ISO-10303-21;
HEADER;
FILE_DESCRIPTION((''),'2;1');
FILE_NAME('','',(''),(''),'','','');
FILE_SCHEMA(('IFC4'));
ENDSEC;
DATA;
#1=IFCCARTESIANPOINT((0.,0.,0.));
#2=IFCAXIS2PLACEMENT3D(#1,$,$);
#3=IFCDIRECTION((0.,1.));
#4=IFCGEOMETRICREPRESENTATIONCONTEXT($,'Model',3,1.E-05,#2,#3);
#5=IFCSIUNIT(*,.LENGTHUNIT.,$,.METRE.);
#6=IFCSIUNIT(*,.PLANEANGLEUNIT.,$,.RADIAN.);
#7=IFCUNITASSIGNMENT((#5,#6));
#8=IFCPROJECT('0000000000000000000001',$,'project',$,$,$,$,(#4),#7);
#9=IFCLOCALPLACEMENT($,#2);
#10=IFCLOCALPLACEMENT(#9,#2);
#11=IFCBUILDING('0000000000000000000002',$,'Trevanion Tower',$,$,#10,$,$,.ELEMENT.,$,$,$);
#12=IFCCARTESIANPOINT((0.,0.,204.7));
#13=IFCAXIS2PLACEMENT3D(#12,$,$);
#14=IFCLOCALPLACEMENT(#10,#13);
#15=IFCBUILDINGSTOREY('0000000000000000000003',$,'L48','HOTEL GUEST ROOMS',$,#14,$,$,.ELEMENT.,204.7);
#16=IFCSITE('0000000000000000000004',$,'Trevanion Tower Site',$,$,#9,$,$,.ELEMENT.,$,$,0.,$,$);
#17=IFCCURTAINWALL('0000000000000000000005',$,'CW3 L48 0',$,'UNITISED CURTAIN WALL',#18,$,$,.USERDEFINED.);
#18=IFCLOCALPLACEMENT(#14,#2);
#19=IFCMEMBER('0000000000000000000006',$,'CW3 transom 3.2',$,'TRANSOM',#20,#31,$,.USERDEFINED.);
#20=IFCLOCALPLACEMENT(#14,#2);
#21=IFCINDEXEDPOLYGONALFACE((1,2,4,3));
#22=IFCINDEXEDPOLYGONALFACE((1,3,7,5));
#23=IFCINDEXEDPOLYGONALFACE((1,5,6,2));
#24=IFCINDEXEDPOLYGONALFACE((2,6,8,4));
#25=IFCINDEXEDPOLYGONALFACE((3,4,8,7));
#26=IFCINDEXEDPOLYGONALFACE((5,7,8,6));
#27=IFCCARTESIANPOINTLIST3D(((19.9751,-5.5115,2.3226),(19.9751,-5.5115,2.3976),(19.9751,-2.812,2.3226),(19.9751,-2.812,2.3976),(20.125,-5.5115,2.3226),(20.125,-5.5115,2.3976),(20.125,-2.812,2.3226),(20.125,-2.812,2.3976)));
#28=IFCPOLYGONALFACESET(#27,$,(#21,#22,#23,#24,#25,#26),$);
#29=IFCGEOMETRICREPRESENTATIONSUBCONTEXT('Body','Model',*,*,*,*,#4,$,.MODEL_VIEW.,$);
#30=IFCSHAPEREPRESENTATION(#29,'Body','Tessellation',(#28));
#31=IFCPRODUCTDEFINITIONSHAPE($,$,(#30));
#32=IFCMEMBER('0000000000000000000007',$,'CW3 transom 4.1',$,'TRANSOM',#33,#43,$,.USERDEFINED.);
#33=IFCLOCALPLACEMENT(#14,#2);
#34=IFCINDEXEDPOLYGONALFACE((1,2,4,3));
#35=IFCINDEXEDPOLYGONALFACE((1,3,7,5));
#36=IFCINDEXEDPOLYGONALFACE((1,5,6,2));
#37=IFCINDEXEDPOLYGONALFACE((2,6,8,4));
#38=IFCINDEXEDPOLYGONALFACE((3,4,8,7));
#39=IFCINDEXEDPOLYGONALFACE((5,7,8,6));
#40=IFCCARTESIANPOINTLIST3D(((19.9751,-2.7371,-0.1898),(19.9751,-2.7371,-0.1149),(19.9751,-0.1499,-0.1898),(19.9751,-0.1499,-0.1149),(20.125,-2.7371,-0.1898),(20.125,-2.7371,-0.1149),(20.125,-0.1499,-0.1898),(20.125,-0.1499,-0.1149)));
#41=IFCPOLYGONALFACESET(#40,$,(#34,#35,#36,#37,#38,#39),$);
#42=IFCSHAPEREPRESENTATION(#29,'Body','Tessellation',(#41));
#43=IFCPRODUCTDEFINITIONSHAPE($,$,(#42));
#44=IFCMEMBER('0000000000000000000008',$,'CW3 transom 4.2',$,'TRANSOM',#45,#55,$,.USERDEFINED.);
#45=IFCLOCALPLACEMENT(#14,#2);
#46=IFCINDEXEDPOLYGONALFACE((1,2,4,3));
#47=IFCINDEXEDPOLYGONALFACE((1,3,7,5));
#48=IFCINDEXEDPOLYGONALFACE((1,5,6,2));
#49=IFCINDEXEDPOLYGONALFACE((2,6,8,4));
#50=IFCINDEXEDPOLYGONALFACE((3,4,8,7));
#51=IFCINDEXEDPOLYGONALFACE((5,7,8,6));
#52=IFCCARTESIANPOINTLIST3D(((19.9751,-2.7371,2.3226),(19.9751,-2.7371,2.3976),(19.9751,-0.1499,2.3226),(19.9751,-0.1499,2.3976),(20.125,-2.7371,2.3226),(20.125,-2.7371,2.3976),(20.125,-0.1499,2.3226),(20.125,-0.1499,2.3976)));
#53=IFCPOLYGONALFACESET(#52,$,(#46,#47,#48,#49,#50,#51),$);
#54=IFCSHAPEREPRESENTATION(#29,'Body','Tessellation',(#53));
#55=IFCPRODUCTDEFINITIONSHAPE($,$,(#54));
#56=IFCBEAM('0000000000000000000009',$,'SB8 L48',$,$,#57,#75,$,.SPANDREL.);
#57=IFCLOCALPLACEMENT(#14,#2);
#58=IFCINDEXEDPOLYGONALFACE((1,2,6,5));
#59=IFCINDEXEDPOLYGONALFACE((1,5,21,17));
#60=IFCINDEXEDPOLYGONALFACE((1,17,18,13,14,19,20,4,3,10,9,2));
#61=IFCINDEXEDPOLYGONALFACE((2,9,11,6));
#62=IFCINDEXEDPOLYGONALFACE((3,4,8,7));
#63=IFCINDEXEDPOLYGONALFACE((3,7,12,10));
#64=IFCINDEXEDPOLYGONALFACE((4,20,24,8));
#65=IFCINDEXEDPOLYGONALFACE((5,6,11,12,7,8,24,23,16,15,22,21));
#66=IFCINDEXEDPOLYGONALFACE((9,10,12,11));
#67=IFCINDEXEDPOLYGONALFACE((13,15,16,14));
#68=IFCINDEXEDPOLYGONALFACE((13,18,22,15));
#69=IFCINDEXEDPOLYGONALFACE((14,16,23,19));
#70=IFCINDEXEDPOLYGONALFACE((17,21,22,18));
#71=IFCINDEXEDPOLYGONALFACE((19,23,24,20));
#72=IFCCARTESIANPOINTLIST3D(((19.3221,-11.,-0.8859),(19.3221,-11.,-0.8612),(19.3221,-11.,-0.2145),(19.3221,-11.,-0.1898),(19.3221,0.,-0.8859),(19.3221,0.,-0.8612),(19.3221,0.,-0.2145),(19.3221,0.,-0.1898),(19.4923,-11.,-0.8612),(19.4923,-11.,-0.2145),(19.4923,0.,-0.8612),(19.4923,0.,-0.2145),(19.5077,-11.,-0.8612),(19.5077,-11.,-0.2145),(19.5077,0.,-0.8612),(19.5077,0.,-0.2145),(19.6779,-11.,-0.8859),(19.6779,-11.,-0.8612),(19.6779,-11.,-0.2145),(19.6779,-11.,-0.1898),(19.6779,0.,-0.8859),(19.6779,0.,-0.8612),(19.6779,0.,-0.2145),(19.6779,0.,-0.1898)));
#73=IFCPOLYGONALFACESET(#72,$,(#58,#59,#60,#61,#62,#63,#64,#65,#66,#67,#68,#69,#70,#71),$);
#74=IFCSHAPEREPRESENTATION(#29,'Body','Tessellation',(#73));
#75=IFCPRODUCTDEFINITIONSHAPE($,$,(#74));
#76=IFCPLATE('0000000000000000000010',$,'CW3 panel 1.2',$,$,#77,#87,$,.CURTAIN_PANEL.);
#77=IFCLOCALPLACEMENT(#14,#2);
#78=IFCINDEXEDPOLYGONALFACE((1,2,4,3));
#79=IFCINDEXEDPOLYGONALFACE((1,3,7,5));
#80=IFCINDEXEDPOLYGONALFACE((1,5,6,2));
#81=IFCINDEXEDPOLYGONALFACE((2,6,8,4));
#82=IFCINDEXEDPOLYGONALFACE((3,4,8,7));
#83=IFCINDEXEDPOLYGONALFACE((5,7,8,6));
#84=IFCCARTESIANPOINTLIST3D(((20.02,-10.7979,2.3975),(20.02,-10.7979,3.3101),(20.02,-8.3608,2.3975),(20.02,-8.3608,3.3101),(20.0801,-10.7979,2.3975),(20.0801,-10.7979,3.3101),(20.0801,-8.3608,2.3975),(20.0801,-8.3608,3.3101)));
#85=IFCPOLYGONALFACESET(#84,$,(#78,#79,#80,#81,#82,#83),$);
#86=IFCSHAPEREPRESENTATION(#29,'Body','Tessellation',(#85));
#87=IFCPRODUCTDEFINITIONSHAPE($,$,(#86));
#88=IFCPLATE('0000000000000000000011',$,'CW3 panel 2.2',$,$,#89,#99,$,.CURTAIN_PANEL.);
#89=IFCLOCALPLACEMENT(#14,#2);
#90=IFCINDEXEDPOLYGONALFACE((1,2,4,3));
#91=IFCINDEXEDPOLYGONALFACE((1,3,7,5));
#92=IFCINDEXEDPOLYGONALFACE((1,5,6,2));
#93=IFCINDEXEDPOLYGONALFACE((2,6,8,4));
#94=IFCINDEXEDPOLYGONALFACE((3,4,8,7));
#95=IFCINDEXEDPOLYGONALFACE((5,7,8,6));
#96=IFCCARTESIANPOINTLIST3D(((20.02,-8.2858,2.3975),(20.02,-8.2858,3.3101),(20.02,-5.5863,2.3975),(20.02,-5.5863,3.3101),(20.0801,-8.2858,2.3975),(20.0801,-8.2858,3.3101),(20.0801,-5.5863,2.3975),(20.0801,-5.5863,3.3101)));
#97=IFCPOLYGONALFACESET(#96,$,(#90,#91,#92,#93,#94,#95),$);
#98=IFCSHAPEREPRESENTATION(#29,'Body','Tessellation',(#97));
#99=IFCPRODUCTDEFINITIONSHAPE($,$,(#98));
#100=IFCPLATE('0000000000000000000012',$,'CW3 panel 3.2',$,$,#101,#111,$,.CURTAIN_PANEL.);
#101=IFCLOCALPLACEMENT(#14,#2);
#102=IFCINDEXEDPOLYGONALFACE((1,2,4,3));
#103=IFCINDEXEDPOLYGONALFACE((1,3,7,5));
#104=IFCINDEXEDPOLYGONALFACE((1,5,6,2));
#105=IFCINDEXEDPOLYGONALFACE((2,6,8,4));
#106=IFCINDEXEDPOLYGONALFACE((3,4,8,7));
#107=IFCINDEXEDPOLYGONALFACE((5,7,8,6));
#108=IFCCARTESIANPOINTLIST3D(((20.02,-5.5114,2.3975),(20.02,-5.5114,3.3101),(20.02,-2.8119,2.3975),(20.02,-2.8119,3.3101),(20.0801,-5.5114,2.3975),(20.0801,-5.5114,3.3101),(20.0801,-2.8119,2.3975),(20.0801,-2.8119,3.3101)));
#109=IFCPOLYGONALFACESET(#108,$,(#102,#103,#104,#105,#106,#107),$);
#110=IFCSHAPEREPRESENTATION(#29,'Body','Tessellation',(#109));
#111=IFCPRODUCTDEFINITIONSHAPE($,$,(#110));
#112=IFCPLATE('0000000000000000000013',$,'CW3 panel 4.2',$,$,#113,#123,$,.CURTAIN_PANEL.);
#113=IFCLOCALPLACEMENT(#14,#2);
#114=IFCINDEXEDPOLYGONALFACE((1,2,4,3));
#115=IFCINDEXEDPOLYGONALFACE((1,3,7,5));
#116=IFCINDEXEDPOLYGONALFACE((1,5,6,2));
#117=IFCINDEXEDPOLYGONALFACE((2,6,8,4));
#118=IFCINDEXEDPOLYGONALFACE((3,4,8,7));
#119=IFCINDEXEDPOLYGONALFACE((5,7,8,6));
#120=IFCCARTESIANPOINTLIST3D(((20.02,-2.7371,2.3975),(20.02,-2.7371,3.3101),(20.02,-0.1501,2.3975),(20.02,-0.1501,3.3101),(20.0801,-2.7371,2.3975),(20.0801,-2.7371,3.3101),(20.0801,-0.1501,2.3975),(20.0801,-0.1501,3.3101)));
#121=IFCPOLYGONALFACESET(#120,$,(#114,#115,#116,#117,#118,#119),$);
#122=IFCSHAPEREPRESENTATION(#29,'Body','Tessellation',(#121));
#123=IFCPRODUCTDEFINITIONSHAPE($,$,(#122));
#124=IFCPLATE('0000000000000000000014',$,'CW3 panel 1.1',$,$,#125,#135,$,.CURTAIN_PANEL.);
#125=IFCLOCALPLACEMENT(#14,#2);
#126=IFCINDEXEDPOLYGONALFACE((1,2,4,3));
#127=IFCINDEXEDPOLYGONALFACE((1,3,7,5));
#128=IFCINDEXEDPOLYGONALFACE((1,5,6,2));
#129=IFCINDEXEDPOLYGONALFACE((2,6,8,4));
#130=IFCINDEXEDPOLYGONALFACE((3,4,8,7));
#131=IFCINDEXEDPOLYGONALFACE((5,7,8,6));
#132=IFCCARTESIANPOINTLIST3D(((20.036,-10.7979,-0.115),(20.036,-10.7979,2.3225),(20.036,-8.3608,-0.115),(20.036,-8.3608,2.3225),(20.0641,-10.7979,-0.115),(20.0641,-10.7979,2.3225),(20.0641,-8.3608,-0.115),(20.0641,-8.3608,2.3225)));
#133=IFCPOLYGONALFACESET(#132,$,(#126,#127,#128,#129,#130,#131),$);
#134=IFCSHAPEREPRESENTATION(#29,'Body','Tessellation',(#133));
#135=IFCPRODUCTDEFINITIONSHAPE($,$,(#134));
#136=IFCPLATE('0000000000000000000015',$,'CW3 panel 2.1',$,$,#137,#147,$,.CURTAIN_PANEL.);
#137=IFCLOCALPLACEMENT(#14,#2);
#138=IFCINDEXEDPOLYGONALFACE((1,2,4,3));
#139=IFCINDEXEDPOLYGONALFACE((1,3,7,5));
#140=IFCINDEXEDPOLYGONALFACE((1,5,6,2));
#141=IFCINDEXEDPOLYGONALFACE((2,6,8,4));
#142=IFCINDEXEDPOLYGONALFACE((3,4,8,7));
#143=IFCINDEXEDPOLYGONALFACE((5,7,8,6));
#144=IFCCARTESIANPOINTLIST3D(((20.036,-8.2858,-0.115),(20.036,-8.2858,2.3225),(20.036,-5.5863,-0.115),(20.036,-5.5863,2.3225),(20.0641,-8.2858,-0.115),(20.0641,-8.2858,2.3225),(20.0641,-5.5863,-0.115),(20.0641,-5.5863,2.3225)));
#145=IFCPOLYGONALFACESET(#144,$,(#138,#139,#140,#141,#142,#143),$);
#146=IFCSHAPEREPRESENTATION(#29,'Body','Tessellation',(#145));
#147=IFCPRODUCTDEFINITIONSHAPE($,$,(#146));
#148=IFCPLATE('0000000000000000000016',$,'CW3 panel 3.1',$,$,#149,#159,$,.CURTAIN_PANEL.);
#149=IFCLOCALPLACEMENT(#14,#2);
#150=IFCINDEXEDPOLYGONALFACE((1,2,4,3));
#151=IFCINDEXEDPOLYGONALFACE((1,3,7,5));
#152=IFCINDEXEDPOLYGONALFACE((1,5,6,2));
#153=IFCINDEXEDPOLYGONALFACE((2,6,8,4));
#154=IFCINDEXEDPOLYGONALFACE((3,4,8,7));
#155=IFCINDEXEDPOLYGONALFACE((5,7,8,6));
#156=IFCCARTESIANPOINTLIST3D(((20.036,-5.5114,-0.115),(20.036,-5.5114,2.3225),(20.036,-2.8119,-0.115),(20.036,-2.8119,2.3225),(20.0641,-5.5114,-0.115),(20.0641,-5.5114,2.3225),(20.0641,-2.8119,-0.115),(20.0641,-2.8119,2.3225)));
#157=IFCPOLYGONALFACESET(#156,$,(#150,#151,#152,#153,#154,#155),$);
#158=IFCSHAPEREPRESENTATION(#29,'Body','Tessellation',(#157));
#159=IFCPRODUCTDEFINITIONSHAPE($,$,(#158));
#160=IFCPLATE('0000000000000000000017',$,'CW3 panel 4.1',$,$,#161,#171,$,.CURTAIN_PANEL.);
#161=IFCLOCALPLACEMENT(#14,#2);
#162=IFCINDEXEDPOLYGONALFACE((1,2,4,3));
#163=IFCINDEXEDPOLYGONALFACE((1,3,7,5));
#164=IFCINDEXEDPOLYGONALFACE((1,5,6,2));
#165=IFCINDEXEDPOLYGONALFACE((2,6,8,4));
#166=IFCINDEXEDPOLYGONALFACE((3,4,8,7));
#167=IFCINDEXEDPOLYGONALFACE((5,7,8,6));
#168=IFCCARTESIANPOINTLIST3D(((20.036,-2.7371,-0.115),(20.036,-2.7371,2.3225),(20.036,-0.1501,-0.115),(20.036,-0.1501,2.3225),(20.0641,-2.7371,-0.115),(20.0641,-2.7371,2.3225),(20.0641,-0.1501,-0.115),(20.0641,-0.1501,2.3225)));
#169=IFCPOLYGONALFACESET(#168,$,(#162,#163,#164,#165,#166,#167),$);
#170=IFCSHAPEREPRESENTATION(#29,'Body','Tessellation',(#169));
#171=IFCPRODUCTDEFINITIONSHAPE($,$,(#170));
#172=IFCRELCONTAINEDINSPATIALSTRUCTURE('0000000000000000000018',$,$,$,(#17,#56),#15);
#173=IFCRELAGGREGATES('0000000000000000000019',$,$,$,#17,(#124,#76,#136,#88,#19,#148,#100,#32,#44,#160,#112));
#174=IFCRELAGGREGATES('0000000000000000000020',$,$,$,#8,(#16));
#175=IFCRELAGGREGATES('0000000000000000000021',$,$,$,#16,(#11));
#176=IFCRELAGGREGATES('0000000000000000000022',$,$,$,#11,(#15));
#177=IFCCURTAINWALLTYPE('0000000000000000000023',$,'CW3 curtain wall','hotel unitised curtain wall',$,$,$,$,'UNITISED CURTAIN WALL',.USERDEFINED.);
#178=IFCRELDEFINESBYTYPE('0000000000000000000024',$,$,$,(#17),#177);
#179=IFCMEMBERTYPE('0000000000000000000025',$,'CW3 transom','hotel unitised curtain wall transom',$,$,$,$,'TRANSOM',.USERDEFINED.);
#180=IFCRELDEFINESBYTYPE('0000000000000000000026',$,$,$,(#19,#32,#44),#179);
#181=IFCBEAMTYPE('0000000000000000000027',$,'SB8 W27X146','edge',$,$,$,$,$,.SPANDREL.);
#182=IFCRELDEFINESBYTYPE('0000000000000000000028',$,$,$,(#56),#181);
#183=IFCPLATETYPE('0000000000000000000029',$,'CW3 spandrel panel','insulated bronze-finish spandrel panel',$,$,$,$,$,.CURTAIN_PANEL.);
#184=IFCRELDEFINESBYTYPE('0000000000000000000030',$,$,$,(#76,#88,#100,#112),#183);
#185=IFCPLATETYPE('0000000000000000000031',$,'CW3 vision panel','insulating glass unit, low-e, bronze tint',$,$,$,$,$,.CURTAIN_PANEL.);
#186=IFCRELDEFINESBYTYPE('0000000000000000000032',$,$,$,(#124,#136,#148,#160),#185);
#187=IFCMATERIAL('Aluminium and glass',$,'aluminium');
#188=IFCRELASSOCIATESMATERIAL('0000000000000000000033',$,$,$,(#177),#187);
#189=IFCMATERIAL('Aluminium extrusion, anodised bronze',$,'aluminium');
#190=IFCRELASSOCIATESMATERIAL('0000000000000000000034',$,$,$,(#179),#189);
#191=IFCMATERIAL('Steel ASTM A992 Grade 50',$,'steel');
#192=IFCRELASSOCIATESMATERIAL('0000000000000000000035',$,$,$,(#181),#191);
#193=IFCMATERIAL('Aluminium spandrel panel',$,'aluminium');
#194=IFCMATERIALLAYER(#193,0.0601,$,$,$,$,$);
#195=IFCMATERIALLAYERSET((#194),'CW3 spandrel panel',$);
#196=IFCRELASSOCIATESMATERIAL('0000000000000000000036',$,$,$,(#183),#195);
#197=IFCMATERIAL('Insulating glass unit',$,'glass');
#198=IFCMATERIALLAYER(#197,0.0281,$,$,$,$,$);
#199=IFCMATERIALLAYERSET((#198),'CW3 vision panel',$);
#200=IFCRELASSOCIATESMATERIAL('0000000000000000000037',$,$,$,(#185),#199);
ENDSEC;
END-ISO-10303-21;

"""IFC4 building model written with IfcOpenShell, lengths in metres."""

from ifc_helpers import new_model, si_unit, direction, frame, origin, origin_2d, place, context, subcontext, project, spatial, rectangle, i_section, extrude, material, layer, layer_set, material_profile, profile_set, type_object, element, aggregate, save


model = new_model("IFC4")

# Units and contexts
model_context = context("Model", 3, precision=1e-05, world=origin(), true_north=direction((0.0, 1.0)))
body_context = subcontext(model_context, "Body", "Model", "MODEL_VIEW")
ifc_project = project(units=[si_unit("LENGTHUNIT", "METRE"), si_unit("PLANEANGLEUNIT", "RADIAN")], contexts=[model_context])

# Site, building, storey
site_placement = place(None, origin())
site = spatial("IfcSite", under=ifc_project, at=site_placement, Name="Trevanion Tower Site", CompositionType="ELEMENT", RefElevation=0.0)
building_placement = place(site_placement, origin())
building = spatial("IfcBuilding", under=site, at=building_placement, Name="Trevanion Tower", CompositionType="ELEMENT")
storey_placement = place(building_placement, frame((0.0, 0.0, 204.7)))
storey = spatial("IfcBuildingStorey", under=building, at=storey_placement, Name="L48", Description="HOTEL GUEST ROOMS", CompositionType="ELEMENT", Elevation=204.7)

# Curtain wall, members
ifc_material_1 = material(Name="Aluminium and glass", Category="aluminium")
curtain_wall_type = type_object("IfcCurtainWallType", Name="CW3 curtain wall", Description="hotel unitised curtain wall", ElementType="UNITISED CURTAIN WALL", PredefinedType="USERDEFINED", material=ifc_material_1)
curtain_wall_placement = place(storey_placement, origin())
curtain_wall = element("IfcCurtainWall", 1, at=curtain_wall_placement, inside=storey, type_object=curtain_wall_type, Name="CW3 L48 0", ObjectType="UNITISED CURTAIN WALL", PredefinedType="USERDEFINED")
ifc_material_2 = material(Name="Aluminium extrusion, anodised bronze", Category="aluminium")
ifc_material_profile_1 = material_profile(ifc_material_2, rectangle(XDim=0.1499, YDim=0.075, at=origin_2d()), Name="CW3 transom")
ifc_profile_set_1 = profile_set([ifc_material_profile_1], Name="Aluminium extrusion, anodised bronze")
member_type_1 = type_object("IfcMemberType", Name="CW3 transom", Description="hotel unitised curtain wall transom", ElementType="TRANSOM", PredefinedType="USERDEFINED", material=ifc_profile_set_1)
member_1_placement = place(storey_placement, frame((20.05, -5.5115, 2.3601), z_axis=(0.0, 1.0, 0.0), x_axis=(-1.0, 0.0, 0.0)))
member_1 = element("IfcMember", 2, at=member_1_placement, type_object=member_type_1, Name="CW3 transom 3.2", ObjectType="TRANSOM", PredefinedType="USERDEFINED", context=body_context, shape_type="SweptSolid", body=[
    extrude(rectangle(XDim=0.1499, YDim=0.075, at=origin_2d()), origin(), (0.0, 0.0, 1.0), 2.6995),
])
member_2_placement = place(storey_placement, frame((20.05, -2.7371, -0.1523), z_axis=(0.0, 1.0, 0.0), x_axis=(-1.0, 0.0, 0.0)))
member_2 = element("IfcMember", 3, at=member_2_placement, type_object=member_type_1, Name="CW3 transom 4.1", ObjectType="TRANSOM", PredefinedType="USERDEFINED", context=body_context, shape_type="SweptSolid", body=[
    extrude(rectangle(XDim=0.1499, YDim=0.075, at=origin_2d()), origin(), (0.0, 0.0, 1.0), 2.5872),
])
member_3_placement = place(storey_placement, frame((20.05, -2.7371, 2.3601), z_axis=(0.0, 1.0, 0.0), x_axis=(-1.0, 0.0, 0.0)))
member_3 = element("IfcMember", 4, at=member_3_placement, type_object=member_type_1, Name="CW3 transom 4.2", ObjectType="TRANSOM", PredefinedType="USERDEFINED", context=body_context, shape_type="SweptSolid", body=[
    extrude(rectangle(XDim=0.1499, YDim=0.075, at=origin_2d()), origin(), (0.0, 0.0, 1.0), 2.5872),
])

# Beam
ifc_material_3 = material(Name="Steel ASTM A992 Grade 50", Category="steel")
ifc_material_profile_2 = material_profile(ifc_material_3, i_section(OverallWidth=0.3557, OverallDepth=0.696, WebThickness=0.0154, FlangeThickness=0.0247, at=origin_2d()), Name="W27X146")
ifc_profile_set_2 = profile_set([ifc_material_profile_2], Name="Steel ASTM A992 Grade 50")
beam_type_1 = type_object("IfcBeamType", Name="SB8 W27X146", Description="edge", PredefinedType="SPANDREL", material=ifc_profile_set_2)
beam_placement = place(storey_placement, frame((19.5, -11.0, -0.5378), z_axis=(0.0, 1.0, 0.0), x_axis=(-1.0, 0.0, 0.0)))
element("IfcBeam", 5, at=beam_placement, inside=storey, type_object=beam_type_1, Name="SB8 L48", PredefinedType="SPANDREL", context=body_context, shape_type="SweptSolid", body=[
    extrude(i_section(OverallWidth=0.3557, OverallDepth=0.696, WebThickness=0.0154, FlangeThickness=0.0247, at=origin_2d()), origin(), (0.0, 0.0, 1.0), 11.0),
])

# Plates
ifc_material_4 = material(Name="Aluminium spandrel panel", Category="aluminium")
ifc_layer_1 = layer(ifc_material_4, 0.0601)
ifc_layer_set_1 = layer_set([ifc_layer_1], Name="CW3 spandrel panel")
plate_type_1 = type_object("IfcPlateType", Name="CW3 spandrel panel", Description="insulated bronze-finish spandrel panel", PredefinedType="CURTAIN_PANEL", material=ifc_layer_set_1)
plate_1_placement = place(storey_placement, frame((20.05, -9.5793, 2.3975), z_axis=(0.0, 0.0, 1.0), x_axis=(0.0, 1.0, 0.0)))
plate_1 = element("IfcPlate", 6, at=plate_1_placement, type_object=plate_type_1, Name="CW3 panel 1.2", PredefinedType="CURTAIN_PANEL", context=body_context, shape_type="SweptSolid", body=[
    extrude(rectangle(XDim=2.437, YDim=0.0601, at=origin_2d()), origin(), (0.0, 0.0, 1.0), 0.9126),
])
plate_2_placement = place(storey_placement, frame((20.05, -6.936, 2.3975), z_axis=(0.0, 0.0, 1.0), x_axis=(0.0, 1.0, 0.0)))
plate_2 = element("IfcPlate", 7, at=plate_2_placement, type_object=plate_type_1, Name="CW3 panel 2.2", PredefinedType="CURTAIN_PANEL", context=body_context, shape_type="SweptSolid", body=[
    extrude(rectangle(XDim=2.6995, YDim=0.0601, at=origin_2d()), origin(), (0.0, 0.0, 1.0), 0.9126),
])
plate_3_placement = place(storey_placement, frame((20.05, -4.1616, 2.3975), z_axis=(0.0, 0.0, 1.0), x_axis=(0.0, 1.0, 0.0)))
plate_3 = element("IfcPlate", 8, at=plate_3_placement, type_object=plate_type_1, Name="CW3 panel 3.2", PredefinedType="CURTAIN_PANEL", context=body_context, shape_type="SweptSolid", body=[
    extrude(rectangle(XDim=2.6995, YDim=0.0601, at=origin_2d()), origin(), (0.0, 0.0, 1.0), 0.9126),
])
plate_4_placement = place(storey_placement, frame((20.05, -1.4436, 2.3975), z_axis=(0.0, 0.0, 1.0), x_axis=(0.0, 1.0, 0.0)))
plate_4 = element("IfcPlate", 9, at=plate_4_placement, type_object=plate_type_1, Name="CW3 panel 4.2", PredefinedType="CURTAIN_PANEL", context=body_context, shape_type="SweptSolid", body=[
    extrude(rectangle(XDim=2.5869, YDim=0.0601, at=origin_2d()), origin(), (0.0, 0.0, 1.0), 0.9126),
])
ifc_material_5 = material(Name="Insulating glass unit", Category="glass")
ifc_layer_2 = layer(ifc_material_5, 0.0281)
ifc_layer_set_2 = layer_set([ifc_layer_2], Name="CW3 vision panel")
plate_type_2 = type_object("IfcPlateType", Name="CW3 vision panel", Description="insulating glass unit, low-e, bronze tint", PredefinedType="CURTAIN_PANEL", material=ifc_layer_set_2)
plate_5_placement = place(storey_placement, frame((20.05, -9.5793, -0.115), z_axis=(0.0, 0.0, 1.0), x_axis=(0.0, 1.0, 0.0)))
plate_5 = element("IfcPlate", 10, at=plate_5_placement, type_object=plate_type_2, Name="CW3 panel 1.1", PredefinedType="CURTAIN_PANEL", context=body_context, shape_type="SweptSolid", body=[
    extrude(rectangle(XDim=2.437, YDim=0.0281, at=origin_2d()), origin(), (0.0, 0.0, 1.0), 2.4375),
])
plate_6_placement = place(storey_placement, frame((20.05, -6.936, -0.115), z_axis=(0.0, 0.0, 1.0), x_axis=(0.0, 1.0, 0.0)))
plate_6 = element("IfcPlate", 11, at=plate_6_placement, type_object=plate_type_2, Name="CW3 panel 2.1", PredefinedType="CURTAIN_PANEL", context=body_context, shape_type="SweptSolid", body=[
    extrude(rectangle(XDim=2.6995, YDim=0.0281, at=origin_2d()), origin(), (0.0, 0.0, 1.0), 2.4375),
])
plate_7_placement = place(storey_placement, frame((20.05, -4.1616, -0.115), z_axis=(0.0, 0.0, 1.0), x_axis=(0.0, 1.0, 0.0)))
plate_7 = element("IfcPlate", 12, at=plate_7_placement, type_object=plate_type_2, Name="CW3 panel 3.1", PredefinedType="CURTAIN_PANEL", context=body_context, shape_type="SweptSolid", body=[
    extrude(rectangle(XDim=2.6995, YDim=0.0281, at=origin_2d()), origin(), (0.0, 0.0, 1.0), 2.4375),
])
plate_8_placement = place(storey_placement, frame((20.05, -1.4436, -0.115), z_axis=(0.0, 0.0, 1.0), x_axis=(0.0, 1.0, 0.0)))
plate_8 = element("IfcPlate", 13, at=plate_8_placement, type_object=plate_type_2, Name="CW3 panel 4.1", PredefinedType="CURTAIN_PANEL", context=body_context, shape_type="SweptSolid", body=[
    extrude(rectangle(XDim=2.5869, YDim=0.0281, at=origin_2d()), origin(), (0.0, 0.0, 1.0), 2.4375),
])
aggregate(curtain_wall, [plate_5, plate_1, plate_6, plate_2, member_1, plate_7, plate_3, member_2, member_3, plate_8, plate_4])

save(model, "model.ifc")
